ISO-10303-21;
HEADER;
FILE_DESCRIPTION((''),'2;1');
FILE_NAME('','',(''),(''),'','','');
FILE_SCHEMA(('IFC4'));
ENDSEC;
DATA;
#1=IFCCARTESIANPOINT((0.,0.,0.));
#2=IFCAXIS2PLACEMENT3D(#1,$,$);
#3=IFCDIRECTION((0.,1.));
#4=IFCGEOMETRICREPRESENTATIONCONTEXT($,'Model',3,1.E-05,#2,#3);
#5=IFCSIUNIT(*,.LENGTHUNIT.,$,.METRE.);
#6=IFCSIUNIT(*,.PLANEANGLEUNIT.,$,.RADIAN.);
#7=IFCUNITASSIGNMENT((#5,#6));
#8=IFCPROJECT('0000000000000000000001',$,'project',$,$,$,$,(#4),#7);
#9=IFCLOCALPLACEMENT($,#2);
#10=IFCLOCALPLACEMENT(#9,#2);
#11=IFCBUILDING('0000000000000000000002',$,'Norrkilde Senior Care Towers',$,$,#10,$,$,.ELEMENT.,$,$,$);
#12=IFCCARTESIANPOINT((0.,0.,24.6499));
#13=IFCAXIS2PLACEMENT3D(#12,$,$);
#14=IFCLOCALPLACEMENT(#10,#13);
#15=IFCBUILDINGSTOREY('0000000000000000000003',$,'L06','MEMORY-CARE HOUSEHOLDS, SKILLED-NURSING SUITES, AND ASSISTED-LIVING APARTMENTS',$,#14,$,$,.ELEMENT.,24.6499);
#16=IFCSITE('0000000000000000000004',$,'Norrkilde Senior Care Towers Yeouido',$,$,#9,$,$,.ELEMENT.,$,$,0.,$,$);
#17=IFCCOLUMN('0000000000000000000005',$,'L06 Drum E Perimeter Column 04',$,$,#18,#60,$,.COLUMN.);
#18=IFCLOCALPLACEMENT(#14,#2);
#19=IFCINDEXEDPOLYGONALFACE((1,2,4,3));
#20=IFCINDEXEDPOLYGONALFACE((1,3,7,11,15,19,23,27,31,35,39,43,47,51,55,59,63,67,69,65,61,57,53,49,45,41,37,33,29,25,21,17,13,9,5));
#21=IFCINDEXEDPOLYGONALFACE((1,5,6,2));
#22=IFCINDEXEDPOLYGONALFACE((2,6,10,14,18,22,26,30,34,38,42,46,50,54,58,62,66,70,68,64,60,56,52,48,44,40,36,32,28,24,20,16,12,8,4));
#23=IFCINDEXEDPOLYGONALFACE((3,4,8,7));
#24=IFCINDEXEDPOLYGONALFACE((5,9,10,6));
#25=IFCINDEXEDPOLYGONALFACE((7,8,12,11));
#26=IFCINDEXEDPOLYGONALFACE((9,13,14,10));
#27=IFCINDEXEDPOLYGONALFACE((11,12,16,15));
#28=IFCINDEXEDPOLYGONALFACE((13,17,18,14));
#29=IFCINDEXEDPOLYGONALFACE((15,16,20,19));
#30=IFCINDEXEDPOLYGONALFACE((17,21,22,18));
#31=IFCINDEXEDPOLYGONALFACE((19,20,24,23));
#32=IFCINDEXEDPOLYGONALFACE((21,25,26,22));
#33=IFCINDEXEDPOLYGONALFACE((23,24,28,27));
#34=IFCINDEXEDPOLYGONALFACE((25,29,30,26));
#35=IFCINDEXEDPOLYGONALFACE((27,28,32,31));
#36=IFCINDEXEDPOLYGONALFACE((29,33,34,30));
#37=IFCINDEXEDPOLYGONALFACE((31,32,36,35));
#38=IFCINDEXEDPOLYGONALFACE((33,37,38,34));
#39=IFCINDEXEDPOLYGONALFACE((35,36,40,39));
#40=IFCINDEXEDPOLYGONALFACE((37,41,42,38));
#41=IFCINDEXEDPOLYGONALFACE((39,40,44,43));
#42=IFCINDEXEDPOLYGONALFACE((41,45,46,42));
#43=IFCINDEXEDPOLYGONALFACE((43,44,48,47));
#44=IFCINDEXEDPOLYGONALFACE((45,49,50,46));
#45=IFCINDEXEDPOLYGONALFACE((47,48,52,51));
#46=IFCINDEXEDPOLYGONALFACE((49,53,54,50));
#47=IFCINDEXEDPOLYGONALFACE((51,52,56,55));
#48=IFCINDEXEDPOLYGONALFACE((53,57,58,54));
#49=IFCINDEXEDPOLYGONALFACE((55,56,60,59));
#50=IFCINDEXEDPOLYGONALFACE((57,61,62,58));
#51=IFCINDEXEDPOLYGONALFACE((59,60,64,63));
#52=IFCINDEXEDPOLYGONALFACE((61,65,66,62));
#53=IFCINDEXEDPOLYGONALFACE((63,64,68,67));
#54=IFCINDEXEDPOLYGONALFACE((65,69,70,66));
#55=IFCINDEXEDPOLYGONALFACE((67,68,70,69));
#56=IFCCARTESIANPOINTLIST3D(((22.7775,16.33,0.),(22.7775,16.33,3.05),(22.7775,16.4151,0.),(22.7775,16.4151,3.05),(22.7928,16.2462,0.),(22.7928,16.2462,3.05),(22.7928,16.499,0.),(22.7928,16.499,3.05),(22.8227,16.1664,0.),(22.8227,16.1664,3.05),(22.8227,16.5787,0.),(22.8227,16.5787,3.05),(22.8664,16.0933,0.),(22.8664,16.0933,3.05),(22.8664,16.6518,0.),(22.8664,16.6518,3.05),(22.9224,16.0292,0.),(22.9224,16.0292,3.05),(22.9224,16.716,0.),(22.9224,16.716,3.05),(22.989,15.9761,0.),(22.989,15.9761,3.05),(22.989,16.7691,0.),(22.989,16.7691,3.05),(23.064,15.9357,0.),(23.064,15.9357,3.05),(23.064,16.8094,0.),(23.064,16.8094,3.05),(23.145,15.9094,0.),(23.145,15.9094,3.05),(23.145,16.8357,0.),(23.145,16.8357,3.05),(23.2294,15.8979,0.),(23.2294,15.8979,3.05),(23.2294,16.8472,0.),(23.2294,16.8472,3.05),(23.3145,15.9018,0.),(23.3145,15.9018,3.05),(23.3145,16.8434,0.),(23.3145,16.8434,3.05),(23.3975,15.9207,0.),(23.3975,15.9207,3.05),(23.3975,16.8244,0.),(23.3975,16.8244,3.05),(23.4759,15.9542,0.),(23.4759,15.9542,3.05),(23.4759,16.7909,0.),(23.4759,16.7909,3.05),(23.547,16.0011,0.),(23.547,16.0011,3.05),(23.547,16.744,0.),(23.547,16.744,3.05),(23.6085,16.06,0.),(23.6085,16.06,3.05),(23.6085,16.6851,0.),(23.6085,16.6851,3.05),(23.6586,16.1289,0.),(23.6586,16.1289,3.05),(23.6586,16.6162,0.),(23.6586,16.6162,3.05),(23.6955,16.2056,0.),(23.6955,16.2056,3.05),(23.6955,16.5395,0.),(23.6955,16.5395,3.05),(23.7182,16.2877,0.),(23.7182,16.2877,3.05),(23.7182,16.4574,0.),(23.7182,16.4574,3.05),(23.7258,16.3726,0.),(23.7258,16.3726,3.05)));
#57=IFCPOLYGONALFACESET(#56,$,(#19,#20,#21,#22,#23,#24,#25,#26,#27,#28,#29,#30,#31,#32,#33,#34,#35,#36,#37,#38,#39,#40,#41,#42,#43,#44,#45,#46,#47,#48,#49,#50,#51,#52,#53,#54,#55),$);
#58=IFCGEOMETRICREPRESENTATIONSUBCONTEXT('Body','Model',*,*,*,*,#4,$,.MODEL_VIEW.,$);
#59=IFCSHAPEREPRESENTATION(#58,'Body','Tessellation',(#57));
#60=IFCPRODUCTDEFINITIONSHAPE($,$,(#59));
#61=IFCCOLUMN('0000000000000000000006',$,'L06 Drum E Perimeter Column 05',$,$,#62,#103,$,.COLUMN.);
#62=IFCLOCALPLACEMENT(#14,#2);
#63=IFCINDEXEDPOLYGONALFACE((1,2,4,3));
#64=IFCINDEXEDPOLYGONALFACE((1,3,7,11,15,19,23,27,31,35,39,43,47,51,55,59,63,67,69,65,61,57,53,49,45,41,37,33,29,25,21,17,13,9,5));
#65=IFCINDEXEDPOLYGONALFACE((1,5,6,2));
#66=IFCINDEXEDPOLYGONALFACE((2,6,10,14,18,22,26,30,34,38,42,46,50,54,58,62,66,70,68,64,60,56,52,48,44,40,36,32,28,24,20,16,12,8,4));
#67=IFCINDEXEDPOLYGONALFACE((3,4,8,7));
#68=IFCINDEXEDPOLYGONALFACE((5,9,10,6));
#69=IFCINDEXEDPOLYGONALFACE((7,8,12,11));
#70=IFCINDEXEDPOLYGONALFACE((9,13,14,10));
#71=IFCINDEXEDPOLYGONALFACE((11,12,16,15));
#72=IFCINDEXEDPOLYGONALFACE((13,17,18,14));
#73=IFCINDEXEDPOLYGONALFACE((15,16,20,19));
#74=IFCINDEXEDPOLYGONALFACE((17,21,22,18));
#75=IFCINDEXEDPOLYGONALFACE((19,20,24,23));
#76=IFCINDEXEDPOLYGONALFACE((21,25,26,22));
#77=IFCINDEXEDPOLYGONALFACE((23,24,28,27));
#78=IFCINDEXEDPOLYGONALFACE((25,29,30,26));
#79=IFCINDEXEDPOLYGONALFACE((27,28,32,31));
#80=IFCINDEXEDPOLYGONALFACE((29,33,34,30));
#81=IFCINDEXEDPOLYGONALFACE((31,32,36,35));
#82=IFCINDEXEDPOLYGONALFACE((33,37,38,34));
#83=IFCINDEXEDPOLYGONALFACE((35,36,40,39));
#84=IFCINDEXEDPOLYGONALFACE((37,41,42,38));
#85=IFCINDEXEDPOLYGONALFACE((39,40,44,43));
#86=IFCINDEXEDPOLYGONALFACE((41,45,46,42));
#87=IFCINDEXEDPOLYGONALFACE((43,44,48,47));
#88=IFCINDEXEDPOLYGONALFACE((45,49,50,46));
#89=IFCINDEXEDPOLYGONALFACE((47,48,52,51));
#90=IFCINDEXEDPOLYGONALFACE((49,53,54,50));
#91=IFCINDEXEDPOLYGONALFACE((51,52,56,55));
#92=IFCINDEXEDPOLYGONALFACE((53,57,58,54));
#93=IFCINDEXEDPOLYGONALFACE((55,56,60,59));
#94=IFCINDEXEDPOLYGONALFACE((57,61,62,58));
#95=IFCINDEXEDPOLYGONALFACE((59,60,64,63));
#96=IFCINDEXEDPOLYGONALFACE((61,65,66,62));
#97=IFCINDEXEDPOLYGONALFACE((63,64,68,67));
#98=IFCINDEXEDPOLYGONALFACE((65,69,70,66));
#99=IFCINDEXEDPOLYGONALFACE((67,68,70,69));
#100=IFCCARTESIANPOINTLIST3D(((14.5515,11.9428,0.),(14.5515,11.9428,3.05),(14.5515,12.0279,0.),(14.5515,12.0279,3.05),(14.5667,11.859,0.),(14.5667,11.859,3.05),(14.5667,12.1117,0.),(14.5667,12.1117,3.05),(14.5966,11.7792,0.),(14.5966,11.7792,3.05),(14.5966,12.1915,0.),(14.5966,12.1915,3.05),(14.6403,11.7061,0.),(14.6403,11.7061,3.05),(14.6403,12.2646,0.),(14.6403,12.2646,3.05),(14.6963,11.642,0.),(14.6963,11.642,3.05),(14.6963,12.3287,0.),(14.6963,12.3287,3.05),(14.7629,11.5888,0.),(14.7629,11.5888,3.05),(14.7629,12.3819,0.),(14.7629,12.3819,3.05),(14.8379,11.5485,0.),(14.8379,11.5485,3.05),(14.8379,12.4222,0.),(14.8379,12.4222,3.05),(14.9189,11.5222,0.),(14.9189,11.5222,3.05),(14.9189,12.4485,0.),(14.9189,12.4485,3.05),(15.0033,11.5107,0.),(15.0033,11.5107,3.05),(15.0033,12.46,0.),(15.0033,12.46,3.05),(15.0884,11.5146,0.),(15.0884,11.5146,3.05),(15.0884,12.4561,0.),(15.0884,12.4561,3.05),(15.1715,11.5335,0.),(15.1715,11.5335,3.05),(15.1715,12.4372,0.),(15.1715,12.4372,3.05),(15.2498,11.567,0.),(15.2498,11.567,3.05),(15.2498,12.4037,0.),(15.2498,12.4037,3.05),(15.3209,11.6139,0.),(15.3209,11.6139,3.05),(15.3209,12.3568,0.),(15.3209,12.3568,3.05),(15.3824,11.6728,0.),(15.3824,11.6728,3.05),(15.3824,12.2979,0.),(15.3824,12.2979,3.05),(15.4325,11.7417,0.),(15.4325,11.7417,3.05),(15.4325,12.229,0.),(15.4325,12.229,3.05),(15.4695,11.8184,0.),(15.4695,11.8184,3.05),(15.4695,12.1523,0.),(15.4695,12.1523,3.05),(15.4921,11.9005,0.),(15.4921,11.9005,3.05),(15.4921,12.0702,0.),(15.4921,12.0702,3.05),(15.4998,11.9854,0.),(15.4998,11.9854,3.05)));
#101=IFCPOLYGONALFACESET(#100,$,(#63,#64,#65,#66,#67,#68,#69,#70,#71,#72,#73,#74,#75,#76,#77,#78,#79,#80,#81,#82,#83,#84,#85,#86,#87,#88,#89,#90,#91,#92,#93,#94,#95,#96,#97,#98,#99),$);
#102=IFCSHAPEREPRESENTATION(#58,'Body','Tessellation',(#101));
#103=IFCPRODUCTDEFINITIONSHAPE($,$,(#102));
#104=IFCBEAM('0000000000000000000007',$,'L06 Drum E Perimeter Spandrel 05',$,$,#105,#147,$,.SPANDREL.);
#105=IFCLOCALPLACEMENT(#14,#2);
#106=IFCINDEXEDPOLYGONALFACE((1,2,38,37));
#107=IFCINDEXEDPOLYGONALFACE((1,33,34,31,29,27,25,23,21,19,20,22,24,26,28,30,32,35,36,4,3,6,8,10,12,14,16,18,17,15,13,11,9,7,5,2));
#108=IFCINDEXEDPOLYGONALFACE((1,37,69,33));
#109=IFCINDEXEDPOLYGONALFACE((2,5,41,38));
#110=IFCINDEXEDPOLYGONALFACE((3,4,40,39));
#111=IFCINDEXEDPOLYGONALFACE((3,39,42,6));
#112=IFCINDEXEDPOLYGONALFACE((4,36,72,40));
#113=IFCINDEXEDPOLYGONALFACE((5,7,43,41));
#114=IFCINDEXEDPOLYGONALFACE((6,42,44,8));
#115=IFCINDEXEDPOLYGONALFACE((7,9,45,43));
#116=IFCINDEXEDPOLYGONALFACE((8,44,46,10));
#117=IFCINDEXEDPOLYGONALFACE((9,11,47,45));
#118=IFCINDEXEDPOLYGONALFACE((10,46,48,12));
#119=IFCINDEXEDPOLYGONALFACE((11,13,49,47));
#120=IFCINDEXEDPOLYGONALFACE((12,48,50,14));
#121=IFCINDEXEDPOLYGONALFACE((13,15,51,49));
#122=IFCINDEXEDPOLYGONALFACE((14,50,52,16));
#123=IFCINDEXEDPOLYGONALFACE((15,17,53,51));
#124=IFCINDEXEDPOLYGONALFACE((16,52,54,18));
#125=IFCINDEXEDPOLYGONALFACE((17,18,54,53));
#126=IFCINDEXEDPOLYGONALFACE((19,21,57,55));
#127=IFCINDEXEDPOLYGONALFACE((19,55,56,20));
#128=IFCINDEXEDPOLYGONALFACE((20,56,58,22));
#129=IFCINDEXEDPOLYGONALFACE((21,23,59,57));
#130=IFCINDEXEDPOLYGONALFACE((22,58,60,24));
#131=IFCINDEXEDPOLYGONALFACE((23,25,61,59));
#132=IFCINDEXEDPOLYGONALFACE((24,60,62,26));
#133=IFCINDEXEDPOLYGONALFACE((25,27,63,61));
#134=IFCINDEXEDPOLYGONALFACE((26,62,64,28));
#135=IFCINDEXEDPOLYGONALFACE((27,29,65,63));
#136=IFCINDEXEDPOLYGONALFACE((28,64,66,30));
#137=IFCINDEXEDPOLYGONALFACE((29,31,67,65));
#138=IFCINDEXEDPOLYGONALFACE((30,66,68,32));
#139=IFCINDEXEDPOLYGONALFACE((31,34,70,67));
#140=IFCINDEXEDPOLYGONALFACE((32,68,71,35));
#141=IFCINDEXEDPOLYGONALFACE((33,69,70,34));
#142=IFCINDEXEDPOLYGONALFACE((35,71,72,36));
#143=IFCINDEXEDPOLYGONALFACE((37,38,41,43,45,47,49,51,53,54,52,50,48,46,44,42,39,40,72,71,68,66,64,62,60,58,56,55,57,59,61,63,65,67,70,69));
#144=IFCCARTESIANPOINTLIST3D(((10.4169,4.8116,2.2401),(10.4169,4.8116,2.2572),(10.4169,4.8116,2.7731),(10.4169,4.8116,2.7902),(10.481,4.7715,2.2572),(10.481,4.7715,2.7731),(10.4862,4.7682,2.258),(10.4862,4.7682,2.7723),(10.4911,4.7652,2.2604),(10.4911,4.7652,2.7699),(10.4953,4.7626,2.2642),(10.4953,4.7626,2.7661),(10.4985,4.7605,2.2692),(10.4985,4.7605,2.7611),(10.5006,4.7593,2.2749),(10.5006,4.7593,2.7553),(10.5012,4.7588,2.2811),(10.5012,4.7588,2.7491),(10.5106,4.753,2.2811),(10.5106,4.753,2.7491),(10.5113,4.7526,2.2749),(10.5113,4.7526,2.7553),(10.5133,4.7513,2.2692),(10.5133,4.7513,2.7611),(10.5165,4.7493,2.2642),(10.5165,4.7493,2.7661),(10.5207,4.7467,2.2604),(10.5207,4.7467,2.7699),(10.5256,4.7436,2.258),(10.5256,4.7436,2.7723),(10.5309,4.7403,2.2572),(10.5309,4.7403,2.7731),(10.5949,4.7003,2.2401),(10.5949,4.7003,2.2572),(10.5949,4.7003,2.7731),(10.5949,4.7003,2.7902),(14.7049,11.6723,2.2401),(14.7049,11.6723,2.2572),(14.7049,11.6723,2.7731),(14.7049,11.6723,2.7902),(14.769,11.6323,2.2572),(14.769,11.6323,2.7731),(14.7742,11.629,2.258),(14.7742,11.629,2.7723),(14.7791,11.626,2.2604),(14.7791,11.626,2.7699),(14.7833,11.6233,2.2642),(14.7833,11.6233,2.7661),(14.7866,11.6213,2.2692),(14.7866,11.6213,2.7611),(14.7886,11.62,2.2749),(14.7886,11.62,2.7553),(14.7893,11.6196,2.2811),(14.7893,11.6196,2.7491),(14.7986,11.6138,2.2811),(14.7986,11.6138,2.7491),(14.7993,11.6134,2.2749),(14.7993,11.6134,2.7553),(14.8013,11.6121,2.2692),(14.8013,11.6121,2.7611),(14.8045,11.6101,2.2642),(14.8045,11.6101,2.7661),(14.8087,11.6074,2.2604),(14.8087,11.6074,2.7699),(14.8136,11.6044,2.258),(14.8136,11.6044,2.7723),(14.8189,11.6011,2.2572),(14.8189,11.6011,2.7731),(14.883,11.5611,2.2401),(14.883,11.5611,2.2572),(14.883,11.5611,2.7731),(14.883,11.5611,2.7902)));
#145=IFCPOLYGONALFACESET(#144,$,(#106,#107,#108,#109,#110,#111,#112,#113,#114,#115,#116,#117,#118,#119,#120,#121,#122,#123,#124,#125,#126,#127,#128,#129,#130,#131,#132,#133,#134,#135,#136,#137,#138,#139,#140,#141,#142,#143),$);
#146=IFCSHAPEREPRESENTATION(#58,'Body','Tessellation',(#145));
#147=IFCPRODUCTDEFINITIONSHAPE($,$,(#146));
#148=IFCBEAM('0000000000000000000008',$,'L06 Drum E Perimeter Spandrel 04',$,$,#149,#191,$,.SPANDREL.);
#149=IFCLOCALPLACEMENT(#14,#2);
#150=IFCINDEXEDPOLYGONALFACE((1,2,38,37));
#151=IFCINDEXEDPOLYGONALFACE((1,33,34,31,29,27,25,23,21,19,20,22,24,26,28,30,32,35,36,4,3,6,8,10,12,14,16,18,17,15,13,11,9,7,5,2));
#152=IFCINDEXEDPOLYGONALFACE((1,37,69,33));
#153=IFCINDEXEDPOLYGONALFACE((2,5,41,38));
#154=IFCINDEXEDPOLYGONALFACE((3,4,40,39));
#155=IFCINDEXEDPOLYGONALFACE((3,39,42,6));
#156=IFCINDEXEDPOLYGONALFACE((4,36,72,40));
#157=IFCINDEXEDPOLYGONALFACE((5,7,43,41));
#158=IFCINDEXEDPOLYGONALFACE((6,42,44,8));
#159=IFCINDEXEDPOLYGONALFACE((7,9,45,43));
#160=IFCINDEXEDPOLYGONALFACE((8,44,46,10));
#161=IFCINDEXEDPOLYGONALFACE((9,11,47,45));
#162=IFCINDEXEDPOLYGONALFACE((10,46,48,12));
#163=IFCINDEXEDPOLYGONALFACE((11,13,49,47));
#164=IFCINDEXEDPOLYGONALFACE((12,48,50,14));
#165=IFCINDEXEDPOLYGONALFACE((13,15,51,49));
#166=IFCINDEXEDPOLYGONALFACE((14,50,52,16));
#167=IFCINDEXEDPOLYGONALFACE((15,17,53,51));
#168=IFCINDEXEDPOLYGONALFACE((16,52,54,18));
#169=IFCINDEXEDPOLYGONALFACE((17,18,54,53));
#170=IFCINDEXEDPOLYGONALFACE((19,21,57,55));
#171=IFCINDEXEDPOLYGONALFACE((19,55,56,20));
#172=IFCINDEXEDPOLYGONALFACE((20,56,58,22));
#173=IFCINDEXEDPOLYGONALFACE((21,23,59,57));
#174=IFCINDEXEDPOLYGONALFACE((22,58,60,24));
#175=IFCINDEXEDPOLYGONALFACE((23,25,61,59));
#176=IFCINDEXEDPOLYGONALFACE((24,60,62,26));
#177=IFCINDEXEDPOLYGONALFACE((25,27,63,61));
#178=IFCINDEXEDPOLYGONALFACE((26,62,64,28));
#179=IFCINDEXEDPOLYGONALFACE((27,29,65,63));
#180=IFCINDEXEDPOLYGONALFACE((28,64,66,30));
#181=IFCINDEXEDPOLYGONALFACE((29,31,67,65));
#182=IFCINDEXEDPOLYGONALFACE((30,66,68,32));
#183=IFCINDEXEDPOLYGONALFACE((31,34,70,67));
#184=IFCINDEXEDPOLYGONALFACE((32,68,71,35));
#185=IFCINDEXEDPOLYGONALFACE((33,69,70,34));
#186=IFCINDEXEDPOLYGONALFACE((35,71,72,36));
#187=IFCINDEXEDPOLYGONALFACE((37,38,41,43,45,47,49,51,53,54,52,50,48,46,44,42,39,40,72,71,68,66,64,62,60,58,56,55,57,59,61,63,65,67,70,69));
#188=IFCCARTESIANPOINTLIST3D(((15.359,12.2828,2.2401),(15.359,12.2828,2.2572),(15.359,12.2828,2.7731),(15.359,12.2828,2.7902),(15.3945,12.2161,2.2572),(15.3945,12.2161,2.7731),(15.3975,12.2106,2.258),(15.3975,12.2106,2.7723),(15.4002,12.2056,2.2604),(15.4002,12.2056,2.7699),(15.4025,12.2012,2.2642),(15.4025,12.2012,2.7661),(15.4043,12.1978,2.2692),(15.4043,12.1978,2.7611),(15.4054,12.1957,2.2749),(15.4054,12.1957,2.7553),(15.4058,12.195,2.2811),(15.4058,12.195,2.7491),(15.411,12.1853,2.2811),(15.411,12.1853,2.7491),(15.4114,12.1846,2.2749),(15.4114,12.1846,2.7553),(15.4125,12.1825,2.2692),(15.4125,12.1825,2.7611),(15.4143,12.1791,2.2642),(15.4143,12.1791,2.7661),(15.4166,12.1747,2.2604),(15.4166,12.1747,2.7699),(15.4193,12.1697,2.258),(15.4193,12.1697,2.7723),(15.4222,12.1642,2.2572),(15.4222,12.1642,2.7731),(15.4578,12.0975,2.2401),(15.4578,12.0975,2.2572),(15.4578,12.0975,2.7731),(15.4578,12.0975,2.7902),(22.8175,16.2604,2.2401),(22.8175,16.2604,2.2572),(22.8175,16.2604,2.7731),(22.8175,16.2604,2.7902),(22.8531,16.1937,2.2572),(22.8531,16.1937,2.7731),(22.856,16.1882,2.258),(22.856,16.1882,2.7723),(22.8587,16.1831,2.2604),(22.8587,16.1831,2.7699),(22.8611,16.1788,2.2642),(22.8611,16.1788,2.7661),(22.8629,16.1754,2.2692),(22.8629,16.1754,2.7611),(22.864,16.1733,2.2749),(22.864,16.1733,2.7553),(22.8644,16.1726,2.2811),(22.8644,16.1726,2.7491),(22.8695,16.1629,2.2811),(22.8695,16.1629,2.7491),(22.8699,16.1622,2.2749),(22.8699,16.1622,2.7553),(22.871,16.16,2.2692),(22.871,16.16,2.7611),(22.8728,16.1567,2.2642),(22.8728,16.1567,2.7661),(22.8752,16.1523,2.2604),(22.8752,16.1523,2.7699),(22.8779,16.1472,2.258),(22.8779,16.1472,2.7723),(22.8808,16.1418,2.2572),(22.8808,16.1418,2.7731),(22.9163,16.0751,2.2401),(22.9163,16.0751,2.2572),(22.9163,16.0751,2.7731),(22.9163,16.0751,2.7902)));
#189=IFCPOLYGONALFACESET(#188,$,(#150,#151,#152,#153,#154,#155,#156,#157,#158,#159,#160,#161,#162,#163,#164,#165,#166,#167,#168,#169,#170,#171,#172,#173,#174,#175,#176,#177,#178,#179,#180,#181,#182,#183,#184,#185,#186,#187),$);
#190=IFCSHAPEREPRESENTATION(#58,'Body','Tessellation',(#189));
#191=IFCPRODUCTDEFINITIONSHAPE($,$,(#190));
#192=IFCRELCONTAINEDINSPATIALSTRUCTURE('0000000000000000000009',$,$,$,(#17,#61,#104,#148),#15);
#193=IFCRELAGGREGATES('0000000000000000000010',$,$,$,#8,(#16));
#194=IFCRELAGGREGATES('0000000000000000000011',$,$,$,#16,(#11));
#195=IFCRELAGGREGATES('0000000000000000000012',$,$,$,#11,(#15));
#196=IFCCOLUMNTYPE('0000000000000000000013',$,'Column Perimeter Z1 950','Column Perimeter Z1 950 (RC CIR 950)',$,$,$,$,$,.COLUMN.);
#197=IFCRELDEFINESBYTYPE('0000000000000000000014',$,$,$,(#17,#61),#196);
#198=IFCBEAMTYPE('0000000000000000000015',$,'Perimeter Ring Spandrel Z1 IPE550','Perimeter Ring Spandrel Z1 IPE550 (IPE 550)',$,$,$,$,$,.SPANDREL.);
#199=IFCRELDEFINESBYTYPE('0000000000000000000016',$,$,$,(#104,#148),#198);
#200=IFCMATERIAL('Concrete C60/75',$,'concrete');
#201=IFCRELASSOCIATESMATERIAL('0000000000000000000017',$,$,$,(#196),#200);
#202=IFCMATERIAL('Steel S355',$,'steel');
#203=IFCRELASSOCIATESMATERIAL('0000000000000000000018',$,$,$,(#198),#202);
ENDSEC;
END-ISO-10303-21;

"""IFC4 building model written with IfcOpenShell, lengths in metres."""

from ifc_helpers import new_model, si_unit, direction, frame, origin, origin_2d, place, context, subcontext, project, spatial, circle, i_section, extrude, source, transform, mapped, material, material_profile, profile_set, type_object, type_shapes, element, save


model = new_model("IFC4")

# Units and contexts
model_context = context("Model", 3, precision=1e-05, world=origin(), true_north=direction((0.0, 1.0)))
body_context = subcontext(model_context, "Body", "Model", "MODEL_VIEW")
ifc_project = project(units=[si_unit("LENGTHUNIT", "METRE"), si_unit("PLANEANGLEUNIT", "RADIAN")], contexts=[model_context])

# Site, building, storey
site_placement = place(None, origin())
site = spatial("IfcSite", under=ifc_project, at=site_placement, Name="Norrkilde Senior Care Towers Yeouido", CompositionType="ELEMENT", RefElevation=0.0)
building_placement = place(site_placement, origin())
building = spatial("IfcBuilding", under=site, at=building_placement, Name="Norrkilde Senior Care Towers", CompositionType="ELEMENT")
storey_placement = place(building_placement, frame((0.0, 0.0, 24.6499)))
storey = spatial("IfcBuildingStorey", under=building, at=storey_placement, Name="L06", Description="MEMORY-CARE HOUSEHOLDS, SKILLED-NURSING SUITES, AND ASSISTED-LIVING APARTMENTS", CompositionType="ELEMENT", Elevation=24.6499)

# Columns
ifc_material_1 = material(Name="Concrete C60/75", Category="concrete")
ifc_material_profile_1 = material_profile(ifc_material_1, circle(Radius=0.4751, at=origin_2d()), Name="RC CIR 950")
ifc_profile_set_1 = profile_set([ifc_material_profile_1], Name="Concrete C60/75")
column_type = type_object("IfcColumnType", Name="Column Perimeter Z1 950", Description="Column Perimeter Z1 950 (RC CIR 950)", PredefinedType="COLUMN", material=ifc_profile_set_1)
shared_shape_1 = source(origin(), body_context, "Body", "SweptSolid", [
    extrude(circle(Radius=0.4751, at=origin_2d()), origin(), (0.0, 0.0, 1.0), 3.05),
])
type_shapes(column_type, [shared_shape_1])
for number, where, z_axis, x_axis, name in (
    (1, (23.2507, 16.3726, 0.0), (0.0, 0.0, 1.0), (1.0, 0.0, 0.0), "L06 Drum E Perimeter Column 04"),
    (2, (15.0247, 11.9854, 0.0), (0.0, 0.0, 1.0), (1.0, 0.0, 0.0), "L06 Drum E Perimeter Column 05"),
):
    element("IfcColumn", number, at=place(storey_placement, frame(where, z_axis=z_axis, x_axis=x_axis)), inside=storey, type_object=column_type, Name=name, PredefinedType="COLUMN", context=body_context, shape_type="MappedRepresentation", body=[
        mapped(shared_shape_1, transform((0.0, 0.0, 0.0), x_axis=(1.0, 0.0, 0.0), y_axis=(0.0, 1.0, 0.0), z_axis=(0.0, 0.0, 1.0), scale=1.0)),
    ])

# Beams
ifc_material_2 = material(Name="Steel S355", Category="steel")
ifc_material_profile_2 = material_profile(ifc_material_2, i_section(OverallWidth=0.21, OverallDepth=0.55, WebThickness=0.011, FlangeThickness=0.0171, FilletRadius=0.0239, at=origin_2d()), Name="IPE 550")
ifc_profile_set_2 = profile_set([ifc_material_profile_2], Name="Steel S355")
beam_type_1 = type_object("IfcBeamType", Name="Perimeter Ring Spandrel Z1 IPE550", Description="Perimeter Ring Spandrel Z1 IPE550 (IPE 550)", PredefinedType="SPANDREL", material=ifc_profile_set_2)
shared_shape_2 = source(origin(), body_context, "Body", "SweptSolid", [
    extrude(i_section(OverallWidth=0.21, OverallDepth=0.55, WebThickness=0.011, FlangeThickness=0.0171, FilletRadius=0.0239, at=origin_2d()), origin(), (0.0, 0.0, 1.0), 8.0906),
])
beam_1_placement = place(storey_placement, frame((14.7939, 11.6167, 2.5151), z_axis=(-0.530004, -0.847995, 0.0), x_axis=(0.847995, -0.530004, 0.0)))
element("IfcBeam", 3, at=beam_1_placement, inside=storey, type_object=beam_type_1, Name="L06 Drum E Perimeter Spandrel 05", PredefinedType="SPANDREL", context=body_context, shape_type="MappedRepresentation", body=[
    mapped(shared_shape_2, transform((0.0, 0.0, 0.0), x_axis=(1.0, 0.0, 0.0), y_axis=(0.0, 1.0, 0.0), z_axis=(0.0, 0.0, 1.0), scale=1.0)),
])
shared_shape_3 = source(origin(), body_context, "Body", "SweptSolid", [
    extrude(i_section(OverallWidth=0.21, OverallDepth=0.55, WebThickness=0.011, FlangeThickness=0.0171, FilletRadius=0.0239, at=origin_2d()), origin(), (0.0, 0.0, 1.0), 8.4529),
])
type_shapes(beam_type_1, [shared_shape_2, shared_shape_3])
beam_2_placement = place(storey_placement, frame((22.8669, 16.1677, 2.5151), z_axis=(-0.882369, -0.470558, 0.0), x_axis=(0.470558, -0.882369, 0.0)))
element("IfcBeam", 4, at=beam_2_placement, inside=storey, type_object=beam_type_1, Name="L06 Drum E Perimeter Spandrel 04", PredefinedType="SPANDREL", context=body_context, shape_type="MappedRepresentation", body=[
    mapped(shared_shape_3, transform((0.0, 0.0, 0.0), x_axis=(1.0, 0.0, 0.0), y_axis=(0.0, 1.0, 0.0), z_axis=(0.0, 0.0, 1.0), scale=1.0)),
])

save(model, "model.ifc")
